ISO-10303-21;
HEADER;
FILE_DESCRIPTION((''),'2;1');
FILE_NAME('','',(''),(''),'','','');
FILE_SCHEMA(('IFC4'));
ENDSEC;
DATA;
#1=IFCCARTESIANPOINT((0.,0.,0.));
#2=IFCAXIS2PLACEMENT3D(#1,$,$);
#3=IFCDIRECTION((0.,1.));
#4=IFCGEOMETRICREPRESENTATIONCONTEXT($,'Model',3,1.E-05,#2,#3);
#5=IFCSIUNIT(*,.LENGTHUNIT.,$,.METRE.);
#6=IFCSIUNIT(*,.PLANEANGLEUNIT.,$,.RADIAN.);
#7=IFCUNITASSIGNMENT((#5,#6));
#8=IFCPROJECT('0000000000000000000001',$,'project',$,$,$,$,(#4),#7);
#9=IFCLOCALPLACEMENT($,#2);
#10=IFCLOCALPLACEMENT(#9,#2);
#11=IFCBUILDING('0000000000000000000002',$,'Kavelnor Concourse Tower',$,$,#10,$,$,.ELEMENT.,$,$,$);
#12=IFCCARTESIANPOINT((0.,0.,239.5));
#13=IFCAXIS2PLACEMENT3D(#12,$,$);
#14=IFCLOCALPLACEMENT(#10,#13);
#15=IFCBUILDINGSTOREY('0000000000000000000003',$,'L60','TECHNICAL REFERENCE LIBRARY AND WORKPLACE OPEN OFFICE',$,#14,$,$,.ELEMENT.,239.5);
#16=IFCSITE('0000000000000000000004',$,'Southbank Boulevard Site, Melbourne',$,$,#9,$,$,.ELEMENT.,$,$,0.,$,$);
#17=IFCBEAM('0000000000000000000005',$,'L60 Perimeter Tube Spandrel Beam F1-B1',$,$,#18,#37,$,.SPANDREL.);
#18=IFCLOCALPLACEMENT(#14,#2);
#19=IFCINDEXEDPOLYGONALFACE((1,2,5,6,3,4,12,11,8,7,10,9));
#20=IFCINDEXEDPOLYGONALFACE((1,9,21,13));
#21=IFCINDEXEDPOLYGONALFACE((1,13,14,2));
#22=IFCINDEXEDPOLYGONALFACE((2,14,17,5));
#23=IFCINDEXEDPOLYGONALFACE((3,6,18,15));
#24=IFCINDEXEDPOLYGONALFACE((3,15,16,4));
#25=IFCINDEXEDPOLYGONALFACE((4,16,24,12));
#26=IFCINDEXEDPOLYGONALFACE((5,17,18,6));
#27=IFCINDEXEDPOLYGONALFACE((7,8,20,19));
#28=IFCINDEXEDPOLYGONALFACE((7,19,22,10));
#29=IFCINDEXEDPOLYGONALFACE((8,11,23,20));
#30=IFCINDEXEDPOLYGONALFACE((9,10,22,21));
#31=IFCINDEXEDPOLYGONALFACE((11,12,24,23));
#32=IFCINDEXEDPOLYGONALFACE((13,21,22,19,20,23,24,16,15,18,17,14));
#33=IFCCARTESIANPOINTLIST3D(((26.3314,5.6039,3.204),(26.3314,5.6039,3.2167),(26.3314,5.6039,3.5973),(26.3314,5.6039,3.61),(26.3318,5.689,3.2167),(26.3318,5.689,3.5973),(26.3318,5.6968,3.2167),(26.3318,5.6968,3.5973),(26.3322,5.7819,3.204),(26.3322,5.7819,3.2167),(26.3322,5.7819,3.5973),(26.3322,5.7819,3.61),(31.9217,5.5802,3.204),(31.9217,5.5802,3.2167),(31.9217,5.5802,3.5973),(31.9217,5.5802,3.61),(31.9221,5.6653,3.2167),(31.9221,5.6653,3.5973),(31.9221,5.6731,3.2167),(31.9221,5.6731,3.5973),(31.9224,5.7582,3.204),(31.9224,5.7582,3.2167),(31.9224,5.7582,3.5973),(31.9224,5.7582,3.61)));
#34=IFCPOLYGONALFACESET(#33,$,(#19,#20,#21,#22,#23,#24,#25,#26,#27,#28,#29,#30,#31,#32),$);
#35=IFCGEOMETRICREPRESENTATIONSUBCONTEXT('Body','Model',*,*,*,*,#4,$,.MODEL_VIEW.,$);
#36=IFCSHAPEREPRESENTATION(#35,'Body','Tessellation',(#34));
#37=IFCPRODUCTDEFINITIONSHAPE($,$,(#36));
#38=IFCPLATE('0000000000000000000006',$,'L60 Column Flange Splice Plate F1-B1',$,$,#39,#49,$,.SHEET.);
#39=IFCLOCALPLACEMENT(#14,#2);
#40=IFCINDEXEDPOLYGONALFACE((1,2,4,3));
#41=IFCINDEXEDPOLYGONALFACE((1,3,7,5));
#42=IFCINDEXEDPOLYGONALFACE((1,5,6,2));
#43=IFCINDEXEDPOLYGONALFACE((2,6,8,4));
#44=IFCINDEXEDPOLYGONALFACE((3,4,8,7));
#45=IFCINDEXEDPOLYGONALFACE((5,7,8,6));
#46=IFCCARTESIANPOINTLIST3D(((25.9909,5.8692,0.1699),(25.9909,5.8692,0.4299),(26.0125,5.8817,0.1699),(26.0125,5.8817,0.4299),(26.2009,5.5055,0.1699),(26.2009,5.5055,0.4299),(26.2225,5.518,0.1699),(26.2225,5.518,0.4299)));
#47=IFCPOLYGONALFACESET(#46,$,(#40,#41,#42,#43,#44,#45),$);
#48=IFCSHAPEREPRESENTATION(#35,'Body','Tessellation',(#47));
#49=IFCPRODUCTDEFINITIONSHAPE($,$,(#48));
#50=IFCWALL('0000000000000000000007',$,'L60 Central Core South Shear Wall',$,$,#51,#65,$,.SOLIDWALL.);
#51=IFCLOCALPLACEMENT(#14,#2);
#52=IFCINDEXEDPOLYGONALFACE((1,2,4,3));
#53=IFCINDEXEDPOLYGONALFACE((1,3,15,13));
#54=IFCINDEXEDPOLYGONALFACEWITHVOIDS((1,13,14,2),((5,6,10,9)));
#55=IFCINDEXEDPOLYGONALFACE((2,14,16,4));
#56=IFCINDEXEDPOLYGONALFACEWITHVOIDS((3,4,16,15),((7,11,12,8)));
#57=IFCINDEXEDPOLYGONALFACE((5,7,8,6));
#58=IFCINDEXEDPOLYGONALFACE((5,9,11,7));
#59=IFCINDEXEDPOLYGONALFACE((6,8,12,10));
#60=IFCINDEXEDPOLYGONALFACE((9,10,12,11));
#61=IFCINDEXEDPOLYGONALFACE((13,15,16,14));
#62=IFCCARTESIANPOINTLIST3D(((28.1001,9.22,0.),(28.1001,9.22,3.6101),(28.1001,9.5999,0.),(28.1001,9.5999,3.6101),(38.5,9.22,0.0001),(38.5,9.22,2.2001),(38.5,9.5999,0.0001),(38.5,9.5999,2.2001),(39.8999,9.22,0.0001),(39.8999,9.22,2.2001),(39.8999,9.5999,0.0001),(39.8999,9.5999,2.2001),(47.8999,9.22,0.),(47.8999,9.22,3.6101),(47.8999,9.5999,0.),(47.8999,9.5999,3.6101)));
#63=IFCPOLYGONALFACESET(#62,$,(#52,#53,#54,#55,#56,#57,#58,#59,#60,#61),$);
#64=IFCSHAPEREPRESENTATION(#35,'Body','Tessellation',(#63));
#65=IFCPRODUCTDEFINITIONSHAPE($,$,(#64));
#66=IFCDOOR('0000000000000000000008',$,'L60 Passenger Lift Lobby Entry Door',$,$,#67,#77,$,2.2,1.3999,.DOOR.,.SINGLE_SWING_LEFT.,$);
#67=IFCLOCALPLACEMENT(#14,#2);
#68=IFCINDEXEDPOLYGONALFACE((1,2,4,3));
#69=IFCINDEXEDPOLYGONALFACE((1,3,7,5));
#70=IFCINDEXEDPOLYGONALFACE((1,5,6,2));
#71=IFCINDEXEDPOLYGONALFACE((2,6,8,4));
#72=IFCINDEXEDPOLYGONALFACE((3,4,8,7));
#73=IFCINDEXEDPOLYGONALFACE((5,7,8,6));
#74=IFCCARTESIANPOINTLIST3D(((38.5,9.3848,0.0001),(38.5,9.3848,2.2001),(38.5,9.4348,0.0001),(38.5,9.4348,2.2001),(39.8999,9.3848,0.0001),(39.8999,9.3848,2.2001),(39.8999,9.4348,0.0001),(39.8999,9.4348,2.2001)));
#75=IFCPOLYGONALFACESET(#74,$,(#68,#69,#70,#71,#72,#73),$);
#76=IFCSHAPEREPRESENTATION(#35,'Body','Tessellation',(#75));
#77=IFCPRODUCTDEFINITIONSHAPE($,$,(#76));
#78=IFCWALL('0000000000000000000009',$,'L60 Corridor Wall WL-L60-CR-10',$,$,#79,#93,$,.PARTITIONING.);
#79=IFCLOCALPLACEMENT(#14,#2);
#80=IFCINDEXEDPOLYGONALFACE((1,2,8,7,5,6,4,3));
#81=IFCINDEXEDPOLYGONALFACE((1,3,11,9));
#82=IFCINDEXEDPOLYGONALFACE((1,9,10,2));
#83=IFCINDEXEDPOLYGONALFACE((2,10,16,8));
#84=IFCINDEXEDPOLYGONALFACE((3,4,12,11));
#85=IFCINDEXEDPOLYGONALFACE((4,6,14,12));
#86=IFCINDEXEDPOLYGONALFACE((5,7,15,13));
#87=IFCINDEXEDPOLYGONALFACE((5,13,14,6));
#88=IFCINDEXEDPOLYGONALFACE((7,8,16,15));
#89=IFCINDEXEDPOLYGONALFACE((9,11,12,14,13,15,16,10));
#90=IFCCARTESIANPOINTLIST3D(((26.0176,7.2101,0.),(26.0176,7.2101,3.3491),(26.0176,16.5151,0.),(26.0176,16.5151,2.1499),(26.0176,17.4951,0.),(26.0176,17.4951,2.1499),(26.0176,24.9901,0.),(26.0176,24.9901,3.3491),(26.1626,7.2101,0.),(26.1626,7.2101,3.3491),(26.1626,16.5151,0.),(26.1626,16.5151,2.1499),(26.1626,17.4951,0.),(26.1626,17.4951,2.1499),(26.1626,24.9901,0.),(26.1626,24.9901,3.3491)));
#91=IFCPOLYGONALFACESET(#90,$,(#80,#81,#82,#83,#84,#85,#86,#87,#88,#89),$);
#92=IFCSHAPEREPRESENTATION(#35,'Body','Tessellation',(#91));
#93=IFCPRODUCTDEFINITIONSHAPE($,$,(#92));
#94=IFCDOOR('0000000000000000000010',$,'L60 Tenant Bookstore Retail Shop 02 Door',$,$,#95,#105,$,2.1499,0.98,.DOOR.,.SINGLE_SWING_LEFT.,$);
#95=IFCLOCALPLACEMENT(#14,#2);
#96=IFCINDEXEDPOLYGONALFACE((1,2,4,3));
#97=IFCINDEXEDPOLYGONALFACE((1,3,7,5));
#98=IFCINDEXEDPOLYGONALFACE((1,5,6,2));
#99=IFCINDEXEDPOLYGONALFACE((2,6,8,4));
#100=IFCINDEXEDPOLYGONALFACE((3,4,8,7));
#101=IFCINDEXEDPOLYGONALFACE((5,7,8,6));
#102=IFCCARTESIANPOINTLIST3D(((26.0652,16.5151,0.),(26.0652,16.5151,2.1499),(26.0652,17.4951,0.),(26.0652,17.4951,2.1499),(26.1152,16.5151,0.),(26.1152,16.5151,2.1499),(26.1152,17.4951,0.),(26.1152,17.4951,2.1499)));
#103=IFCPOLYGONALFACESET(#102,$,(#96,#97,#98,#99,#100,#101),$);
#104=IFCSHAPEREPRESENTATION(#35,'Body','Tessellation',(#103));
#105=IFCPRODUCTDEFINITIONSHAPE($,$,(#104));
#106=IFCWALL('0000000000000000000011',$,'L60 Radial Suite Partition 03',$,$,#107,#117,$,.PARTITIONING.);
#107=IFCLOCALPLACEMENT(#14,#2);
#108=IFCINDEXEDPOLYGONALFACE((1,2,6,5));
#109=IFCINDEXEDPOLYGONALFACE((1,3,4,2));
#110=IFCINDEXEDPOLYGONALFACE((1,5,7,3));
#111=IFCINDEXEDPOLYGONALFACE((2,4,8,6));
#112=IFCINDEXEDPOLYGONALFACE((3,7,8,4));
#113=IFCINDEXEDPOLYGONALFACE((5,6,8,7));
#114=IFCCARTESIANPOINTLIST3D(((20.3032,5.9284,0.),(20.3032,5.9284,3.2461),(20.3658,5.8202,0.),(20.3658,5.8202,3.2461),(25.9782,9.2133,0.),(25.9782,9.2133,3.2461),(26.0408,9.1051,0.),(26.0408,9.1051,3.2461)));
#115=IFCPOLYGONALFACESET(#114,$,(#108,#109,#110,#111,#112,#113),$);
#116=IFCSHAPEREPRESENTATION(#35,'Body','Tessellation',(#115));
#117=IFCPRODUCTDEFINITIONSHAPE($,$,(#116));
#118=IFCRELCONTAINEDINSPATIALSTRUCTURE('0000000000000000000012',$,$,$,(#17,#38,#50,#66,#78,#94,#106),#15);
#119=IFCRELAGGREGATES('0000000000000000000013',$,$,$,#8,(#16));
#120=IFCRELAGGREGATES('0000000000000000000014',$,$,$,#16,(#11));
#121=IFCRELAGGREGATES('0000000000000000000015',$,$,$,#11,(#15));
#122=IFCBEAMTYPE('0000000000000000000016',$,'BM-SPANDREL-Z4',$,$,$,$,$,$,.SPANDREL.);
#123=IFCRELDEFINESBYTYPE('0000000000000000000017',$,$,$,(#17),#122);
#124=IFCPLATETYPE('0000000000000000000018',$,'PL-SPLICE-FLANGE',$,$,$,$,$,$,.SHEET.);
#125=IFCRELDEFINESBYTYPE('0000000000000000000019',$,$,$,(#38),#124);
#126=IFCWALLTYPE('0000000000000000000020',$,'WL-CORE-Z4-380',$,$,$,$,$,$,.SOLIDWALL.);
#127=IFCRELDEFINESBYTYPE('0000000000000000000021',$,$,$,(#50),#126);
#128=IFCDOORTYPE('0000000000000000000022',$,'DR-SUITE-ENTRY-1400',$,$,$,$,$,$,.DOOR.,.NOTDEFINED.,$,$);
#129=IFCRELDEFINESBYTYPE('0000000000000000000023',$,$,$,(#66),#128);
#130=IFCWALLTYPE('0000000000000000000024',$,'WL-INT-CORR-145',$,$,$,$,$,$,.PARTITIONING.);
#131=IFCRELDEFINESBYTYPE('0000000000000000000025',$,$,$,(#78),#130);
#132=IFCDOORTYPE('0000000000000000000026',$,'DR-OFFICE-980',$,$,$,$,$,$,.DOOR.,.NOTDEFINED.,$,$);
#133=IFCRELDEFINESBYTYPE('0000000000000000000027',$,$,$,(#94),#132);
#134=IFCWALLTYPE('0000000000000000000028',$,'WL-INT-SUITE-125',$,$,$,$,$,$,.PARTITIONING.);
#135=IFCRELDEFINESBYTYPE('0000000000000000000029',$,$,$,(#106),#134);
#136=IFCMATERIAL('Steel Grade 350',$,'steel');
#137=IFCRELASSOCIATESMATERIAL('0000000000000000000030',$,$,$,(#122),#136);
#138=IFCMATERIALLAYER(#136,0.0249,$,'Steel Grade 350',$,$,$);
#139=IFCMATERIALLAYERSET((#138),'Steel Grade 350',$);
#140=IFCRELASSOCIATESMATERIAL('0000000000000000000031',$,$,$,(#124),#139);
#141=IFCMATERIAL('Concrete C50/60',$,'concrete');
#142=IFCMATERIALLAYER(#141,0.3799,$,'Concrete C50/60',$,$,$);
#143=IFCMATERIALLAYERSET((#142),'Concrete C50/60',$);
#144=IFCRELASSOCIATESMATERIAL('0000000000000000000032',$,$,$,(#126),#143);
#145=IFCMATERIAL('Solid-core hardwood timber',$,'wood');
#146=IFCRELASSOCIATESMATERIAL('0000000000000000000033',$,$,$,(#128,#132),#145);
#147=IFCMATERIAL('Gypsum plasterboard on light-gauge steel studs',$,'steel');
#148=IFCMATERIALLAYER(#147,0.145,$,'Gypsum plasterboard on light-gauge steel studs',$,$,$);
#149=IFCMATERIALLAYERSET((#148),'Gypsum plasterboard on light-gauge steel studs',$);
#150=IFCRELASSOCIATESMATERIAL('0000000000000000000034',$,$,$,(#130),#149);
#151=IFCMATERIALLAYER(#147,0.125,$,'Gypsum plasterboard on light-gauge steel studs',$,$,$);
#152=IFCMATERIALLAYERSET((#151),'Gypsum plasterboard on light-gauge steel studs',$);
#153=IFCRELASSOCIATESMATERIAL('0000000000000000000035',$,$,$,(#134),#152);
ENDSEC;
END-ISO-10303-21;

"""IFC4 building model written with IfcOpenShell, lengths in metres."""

from ifc_helpers import new_model, si_unit, direction, frame, frame_2d, origin, origin_2d, place, context, subcontext, project, spatial, rectangle, i_section, extrude, material, layer, layer_set, material_profile, profile_set, type_object, element, fill, save


model = new_model("IFC4")

# Units and contexts
model_context = context("Model", 3, precision=1e-05, world=origin(), true_north=direction((0.0, 1.0)))
body_context = subcontext(model_context, "Body", "Model", "MODEL_VIEW")
ifc_project = project(units=[si_unit("LENGTHUNIT", "METRE"), si_unit("PLANEANGLEUNIT", "RADIAN")], contexts=[model_context])

# Site, building, storey
site_placement = place(None, origin())
site = spatial("IfcSite", under=ifc_project, at=site_placement, Name="Southbank Boulevard Site, Melbourne", CompositionType="ELEMENT", RefElevation=0.0)
building_placement = place(site_placement, origin())
building = spatial("IfcBuilding", under=site, at=building_placement, Name="Kavelnor Concourse Tower", CompositionType="ELEMENT")
storey_placement = place(building_placement, frame((0.0, 0.0, 239.5)))
storey = spatial("IfcBuildingStorey", under=building, at=storey_placement, Name="L60", Description="TECHNICAL REFERENCE LIBRARY AND WORKPLACE OPEN OFFICE", CompositionType="ELEMENT", Elevation=239.5)

# Shared definitions
ifc_material_1 = material(Name="Steel Grade 350", Category="steel")

# Beam
ifc_material_profile_1 = material_profile(ifc_material_1, i_section(OverallWidth=0.178, OverallDepth=0.406, WebThickness=0.0078, FlangeThickness=0.0127, at=origin_2d()), Name="410UB59")
ifc_profile_set_1 = profile_set([ifc_material_profile_1], Name="Steel Grade 350")
beam_type_1 = type_object("IfcBeamType", Name="BM-SPANDREL-Z4", PredefinedType="SPANDREL", material=ifc_profile_set_1)
beam_1_placement = place(storey_placement, frame((26.3318, 5.6929, 3.407), z_axis=(0.999991, -0.004236, 0.0), x_axis=(0.004236, 0.999991, 0.0)))
element("IfcBeam", 1, at=beam_1_placement, inside=storey, type_object=beam_type_1, Name="L60 Perimeter Tube Spandrel Beam F1-B1", PredefinedType="SPANDREL", context=body_context, shape_type="SweptSolid", body=[
    extrude(i_section(OverallWidth=0.178, OverallDepth=0.406, WebThickness=0.0078, FlangeThickness=0.0127, at=origin_2d()), origin(), (0.0, 0.0, 1.0), 5.5903),
])

# Plate
ifc_layer_1 = layer(ifc_material_1, 0.0249, Name="Steel Grade 350")
ifc_layer_set_1 = layer_set([ifc_layer_1], Name="Steel Grade 350")
plate_type = type_object("IfcPlateType", Name="PL-SPLICE-FLANGE", PredefinedType="SHEET", material=ifc_layer_set_1)
plate_placement = place(storey_placement, frame((26.1067, 5.6936, 0.1699), z_axis=(0.0, 0.0, 1.0), x_axis=(-0.5, 0.866025, 0.0)))
element("IfcPlate", 2, at=plate_placement, inside=storey, type_object=plate_type, Name="L60 Column Flange Splice Plate F1-B1", PredefinedType="SHEET", context=body_context, shape_type="SweptSolid", body=[
    extrude(rectangle(XDim=0.4199, YDim=0.0249, at=origin_2d()), origin(), (0.0, 0.0, 1.0), 0.26),
])

# Walls, openings, doors
ifc_material_2 = material(Name="Concrete C50/60", Category="concrete")
ifc_layer_2 = layer(ifc_material_2, 0.3799, Name="Concrete C50/60")
ifc_layer_set_2 = layer_set([ifc_layer_2], Name="Concrete C50/60")
wall_type_1 = type_object("IfcWallType", Name="WL-CORE-Z4-380", PredefinedType="SOLIDWALL", material=ifc_layer_set_2)
wall_1_placement = place(storey_placement, frame((28.1001, 9.4099, 0.0), z_axis=(0.0, 0.0, 1.0), x_axis=(1.0, 0.0, 0.0)))
wall_1 = element("IfcWall", 3, at=wall_1_placement, inside=storey, type_object=wall_type_1, Name="L60 Central Core South Shear Wall", PredefinedType="SOLIDWALL", context=body_context, shape_type="SweptSolid", body=[
    extrude(rectangle(XDim=19.7998, YDim=0.3799, at=frame_2d((9.8999, 0.0))), origin(), (0.0, 0.0, 1.0), 3.6101),
])
opening_1_placement = place(wall_1_placement, frame((10.3999, 0.0, 0.0)))
opening_1 = element("IfcOpeningElement", 4, at=opening_1_placement, cuts=wall_1, PredefinedType="OPENING", context=body_context, shape_type="SweptSolid", body=[
    extrude(rectangle(XDim=1.3999, YDim=2.2, at=frame_2d((0.7, 1.1001))), frame((0.0, 0.2, 0.0), z_axis=(0.0, -1.0, 0.0), x_axis=(1.0, 0.0, 0.0)), (0.0, 0.0, 1.0), 0.3999),
])
ifc_material_3 = material(Name="Solid-core hardwood timber", Category="wood")
door_type_1 = type_object("IfcDoorType", Name="DR-SUITE-ENTRY-1400", OperationType="NOTDEFINED", PredefinedType="DOOR", material=ifc_material_3)
door_1_placement = place(opening_1_placement, origin())
door_1 = element("IfcDoor", 5, at=door_1_placement, inside=storey, type_object=door_type_1, Name="L60 Passenger Lift Lobby Entry Door", OperationType="SINGLE_SWING_LEFT", OverallHeight=2.2, OverallWidth=1.3999, PredefinedType="DOOR", context=body_context, shape_type="SweptSolid", body=[
    extrude(rectangle(XDim=1.3999, YDim=2.2, at=frame_2d((0.7, 1.1001))), frame((0.0, 0.0249, 0.0), z_axis=(0.0, -1.0, 0.0), x_axis=(1.0, 0.0, 0.0)), (0.0, 0.0, 1.0), 0.05),
])
fill(opening_1, door_1)
ifc_material_4 = material(Name="Gypsum plasterboard on light-gauge steel studs", Category="steel")
ifc_layer_3 = layer(ifc_material_4, 0.145, Name="Gypsum plasterboard on light-gauge steel studs")
ifc_layer_set_3 = layer_set([ifc_layer_3], Name="Gypsum plasterboard on light-gauge steel studs")
wall_type_2 = type_object("IfcWallType", Name="WL-INT-CORR-145", PredefinedType="PARTITIONING", material=ifc_layer_set_3)
wall_2_placement = place(storey_placement, frame((26.0901, 7.21, 0.0), z_axis=(0.0, 0.0, 1.0), x_axis=(0.0, 1.0, 0.0)))
wall_2 = element("IfcWall", 6, at=wall_2_placement, inside=storey, type_object=wall_type_2, Name="L60 Corridor Wall WL-L60-CR-10", PredefinedType="PARTITIONING", context=body_context, shape_type="SweptSolid", body=[
    extrude(rectangle(XDim=17.78, YDim=0.145, at=frame_2d((8.8901, 0.0))), origin(), (0.0, 0.0, 1.0), 3.3491),
])
opening_2_placement = place(wall_2_placement, frame((9.3052, 0.0, 0.0)))
opening_2 = element("IfcOpeningElement", 7, at=opening_2_placement, cuts=wall_2, PredefinedType="OPENING", context=body_context, shape_type="SweptSolid", body=[
    extrude(rectangle(XDim=0.98, YDim=2.1499, at=frame_2d((0.49, 1.075))), frame((0.0, 0.0825, 0.0), z_axis=(0.0, -1.0, 0.0), x_axis=(1.0, 0.0, 0.0)), (0.0, 0.0, 1.0), 0.165),
])
door_type_2 = type_object("IfcDoorType", Name="DR-OFFICE-980", OperationType="NOTDEFINED", PredefinedType="DOOR", material=ifc_material_3)
door_2_placement = place(opening_2_placement, origin())
door_2 = element("IfcDoor", 8, at=door_2_placement, inside=storey, type_object=door_type_2, Name="L60 Tenant Bookstore Retail Shop 02 Door", OperationType="SINGLE_SWING_LEFT", OverallHeight=2.1499, OverallWidth=0.98, PredefinedType="DOOR", context=body_context, shape_type="SweptSolid", body=[
    extrude(rectangle(XDim=0.98, YDim=2.1499, at=frame_2d((0.49, 1.075))), frame((0.0, 0.0249, 0.0), z_axis=(0.0, -1.0, 0.0), x_axis=(1.0, 0.0, 0.0)), (0.0, 0.0, 1.0), 0.05),
])
fill(opening_2, door_2)

# Wall
ifc_layer_4 = layer(ifc_material_4, 0.125, Name="Gypsum plasterboard on light-gauge steel studs")
ifc_layer_set_4 = layer_set([ifc_layer_4], Name="Gypsum plasterboard on light-gauge steel studs")
wall_type_3 = type_object("IfcWallType", Name="WL-INT-SUITE-125", PredefinedType="PARTITIONING", material=ifc_layer_set_4)
wall_3_placement = place(storey_placement, frame((26.0095, 9.1592, 0.0), z_axis=(0.0, 0.0, 1.0), x_axis=(-0.865469, -0.500963, 0.0)))
element("IfcWall", 9, at=wall_3_placement, inside=storey, type_object=wall_type_3, Name="L60 Radial Suite Partition 03", PredefinedType="PARTITIONING", context=body_context, shape_type="SweptSolid", body=[
    extrude(rectangle(XDim=6.5571, YDim=0.125, at=frame_2d((3.2786, 0.0))), origin(), (0.0, 0.0, 1.0), 3.2461),
])

save(model, "model.ifc")
